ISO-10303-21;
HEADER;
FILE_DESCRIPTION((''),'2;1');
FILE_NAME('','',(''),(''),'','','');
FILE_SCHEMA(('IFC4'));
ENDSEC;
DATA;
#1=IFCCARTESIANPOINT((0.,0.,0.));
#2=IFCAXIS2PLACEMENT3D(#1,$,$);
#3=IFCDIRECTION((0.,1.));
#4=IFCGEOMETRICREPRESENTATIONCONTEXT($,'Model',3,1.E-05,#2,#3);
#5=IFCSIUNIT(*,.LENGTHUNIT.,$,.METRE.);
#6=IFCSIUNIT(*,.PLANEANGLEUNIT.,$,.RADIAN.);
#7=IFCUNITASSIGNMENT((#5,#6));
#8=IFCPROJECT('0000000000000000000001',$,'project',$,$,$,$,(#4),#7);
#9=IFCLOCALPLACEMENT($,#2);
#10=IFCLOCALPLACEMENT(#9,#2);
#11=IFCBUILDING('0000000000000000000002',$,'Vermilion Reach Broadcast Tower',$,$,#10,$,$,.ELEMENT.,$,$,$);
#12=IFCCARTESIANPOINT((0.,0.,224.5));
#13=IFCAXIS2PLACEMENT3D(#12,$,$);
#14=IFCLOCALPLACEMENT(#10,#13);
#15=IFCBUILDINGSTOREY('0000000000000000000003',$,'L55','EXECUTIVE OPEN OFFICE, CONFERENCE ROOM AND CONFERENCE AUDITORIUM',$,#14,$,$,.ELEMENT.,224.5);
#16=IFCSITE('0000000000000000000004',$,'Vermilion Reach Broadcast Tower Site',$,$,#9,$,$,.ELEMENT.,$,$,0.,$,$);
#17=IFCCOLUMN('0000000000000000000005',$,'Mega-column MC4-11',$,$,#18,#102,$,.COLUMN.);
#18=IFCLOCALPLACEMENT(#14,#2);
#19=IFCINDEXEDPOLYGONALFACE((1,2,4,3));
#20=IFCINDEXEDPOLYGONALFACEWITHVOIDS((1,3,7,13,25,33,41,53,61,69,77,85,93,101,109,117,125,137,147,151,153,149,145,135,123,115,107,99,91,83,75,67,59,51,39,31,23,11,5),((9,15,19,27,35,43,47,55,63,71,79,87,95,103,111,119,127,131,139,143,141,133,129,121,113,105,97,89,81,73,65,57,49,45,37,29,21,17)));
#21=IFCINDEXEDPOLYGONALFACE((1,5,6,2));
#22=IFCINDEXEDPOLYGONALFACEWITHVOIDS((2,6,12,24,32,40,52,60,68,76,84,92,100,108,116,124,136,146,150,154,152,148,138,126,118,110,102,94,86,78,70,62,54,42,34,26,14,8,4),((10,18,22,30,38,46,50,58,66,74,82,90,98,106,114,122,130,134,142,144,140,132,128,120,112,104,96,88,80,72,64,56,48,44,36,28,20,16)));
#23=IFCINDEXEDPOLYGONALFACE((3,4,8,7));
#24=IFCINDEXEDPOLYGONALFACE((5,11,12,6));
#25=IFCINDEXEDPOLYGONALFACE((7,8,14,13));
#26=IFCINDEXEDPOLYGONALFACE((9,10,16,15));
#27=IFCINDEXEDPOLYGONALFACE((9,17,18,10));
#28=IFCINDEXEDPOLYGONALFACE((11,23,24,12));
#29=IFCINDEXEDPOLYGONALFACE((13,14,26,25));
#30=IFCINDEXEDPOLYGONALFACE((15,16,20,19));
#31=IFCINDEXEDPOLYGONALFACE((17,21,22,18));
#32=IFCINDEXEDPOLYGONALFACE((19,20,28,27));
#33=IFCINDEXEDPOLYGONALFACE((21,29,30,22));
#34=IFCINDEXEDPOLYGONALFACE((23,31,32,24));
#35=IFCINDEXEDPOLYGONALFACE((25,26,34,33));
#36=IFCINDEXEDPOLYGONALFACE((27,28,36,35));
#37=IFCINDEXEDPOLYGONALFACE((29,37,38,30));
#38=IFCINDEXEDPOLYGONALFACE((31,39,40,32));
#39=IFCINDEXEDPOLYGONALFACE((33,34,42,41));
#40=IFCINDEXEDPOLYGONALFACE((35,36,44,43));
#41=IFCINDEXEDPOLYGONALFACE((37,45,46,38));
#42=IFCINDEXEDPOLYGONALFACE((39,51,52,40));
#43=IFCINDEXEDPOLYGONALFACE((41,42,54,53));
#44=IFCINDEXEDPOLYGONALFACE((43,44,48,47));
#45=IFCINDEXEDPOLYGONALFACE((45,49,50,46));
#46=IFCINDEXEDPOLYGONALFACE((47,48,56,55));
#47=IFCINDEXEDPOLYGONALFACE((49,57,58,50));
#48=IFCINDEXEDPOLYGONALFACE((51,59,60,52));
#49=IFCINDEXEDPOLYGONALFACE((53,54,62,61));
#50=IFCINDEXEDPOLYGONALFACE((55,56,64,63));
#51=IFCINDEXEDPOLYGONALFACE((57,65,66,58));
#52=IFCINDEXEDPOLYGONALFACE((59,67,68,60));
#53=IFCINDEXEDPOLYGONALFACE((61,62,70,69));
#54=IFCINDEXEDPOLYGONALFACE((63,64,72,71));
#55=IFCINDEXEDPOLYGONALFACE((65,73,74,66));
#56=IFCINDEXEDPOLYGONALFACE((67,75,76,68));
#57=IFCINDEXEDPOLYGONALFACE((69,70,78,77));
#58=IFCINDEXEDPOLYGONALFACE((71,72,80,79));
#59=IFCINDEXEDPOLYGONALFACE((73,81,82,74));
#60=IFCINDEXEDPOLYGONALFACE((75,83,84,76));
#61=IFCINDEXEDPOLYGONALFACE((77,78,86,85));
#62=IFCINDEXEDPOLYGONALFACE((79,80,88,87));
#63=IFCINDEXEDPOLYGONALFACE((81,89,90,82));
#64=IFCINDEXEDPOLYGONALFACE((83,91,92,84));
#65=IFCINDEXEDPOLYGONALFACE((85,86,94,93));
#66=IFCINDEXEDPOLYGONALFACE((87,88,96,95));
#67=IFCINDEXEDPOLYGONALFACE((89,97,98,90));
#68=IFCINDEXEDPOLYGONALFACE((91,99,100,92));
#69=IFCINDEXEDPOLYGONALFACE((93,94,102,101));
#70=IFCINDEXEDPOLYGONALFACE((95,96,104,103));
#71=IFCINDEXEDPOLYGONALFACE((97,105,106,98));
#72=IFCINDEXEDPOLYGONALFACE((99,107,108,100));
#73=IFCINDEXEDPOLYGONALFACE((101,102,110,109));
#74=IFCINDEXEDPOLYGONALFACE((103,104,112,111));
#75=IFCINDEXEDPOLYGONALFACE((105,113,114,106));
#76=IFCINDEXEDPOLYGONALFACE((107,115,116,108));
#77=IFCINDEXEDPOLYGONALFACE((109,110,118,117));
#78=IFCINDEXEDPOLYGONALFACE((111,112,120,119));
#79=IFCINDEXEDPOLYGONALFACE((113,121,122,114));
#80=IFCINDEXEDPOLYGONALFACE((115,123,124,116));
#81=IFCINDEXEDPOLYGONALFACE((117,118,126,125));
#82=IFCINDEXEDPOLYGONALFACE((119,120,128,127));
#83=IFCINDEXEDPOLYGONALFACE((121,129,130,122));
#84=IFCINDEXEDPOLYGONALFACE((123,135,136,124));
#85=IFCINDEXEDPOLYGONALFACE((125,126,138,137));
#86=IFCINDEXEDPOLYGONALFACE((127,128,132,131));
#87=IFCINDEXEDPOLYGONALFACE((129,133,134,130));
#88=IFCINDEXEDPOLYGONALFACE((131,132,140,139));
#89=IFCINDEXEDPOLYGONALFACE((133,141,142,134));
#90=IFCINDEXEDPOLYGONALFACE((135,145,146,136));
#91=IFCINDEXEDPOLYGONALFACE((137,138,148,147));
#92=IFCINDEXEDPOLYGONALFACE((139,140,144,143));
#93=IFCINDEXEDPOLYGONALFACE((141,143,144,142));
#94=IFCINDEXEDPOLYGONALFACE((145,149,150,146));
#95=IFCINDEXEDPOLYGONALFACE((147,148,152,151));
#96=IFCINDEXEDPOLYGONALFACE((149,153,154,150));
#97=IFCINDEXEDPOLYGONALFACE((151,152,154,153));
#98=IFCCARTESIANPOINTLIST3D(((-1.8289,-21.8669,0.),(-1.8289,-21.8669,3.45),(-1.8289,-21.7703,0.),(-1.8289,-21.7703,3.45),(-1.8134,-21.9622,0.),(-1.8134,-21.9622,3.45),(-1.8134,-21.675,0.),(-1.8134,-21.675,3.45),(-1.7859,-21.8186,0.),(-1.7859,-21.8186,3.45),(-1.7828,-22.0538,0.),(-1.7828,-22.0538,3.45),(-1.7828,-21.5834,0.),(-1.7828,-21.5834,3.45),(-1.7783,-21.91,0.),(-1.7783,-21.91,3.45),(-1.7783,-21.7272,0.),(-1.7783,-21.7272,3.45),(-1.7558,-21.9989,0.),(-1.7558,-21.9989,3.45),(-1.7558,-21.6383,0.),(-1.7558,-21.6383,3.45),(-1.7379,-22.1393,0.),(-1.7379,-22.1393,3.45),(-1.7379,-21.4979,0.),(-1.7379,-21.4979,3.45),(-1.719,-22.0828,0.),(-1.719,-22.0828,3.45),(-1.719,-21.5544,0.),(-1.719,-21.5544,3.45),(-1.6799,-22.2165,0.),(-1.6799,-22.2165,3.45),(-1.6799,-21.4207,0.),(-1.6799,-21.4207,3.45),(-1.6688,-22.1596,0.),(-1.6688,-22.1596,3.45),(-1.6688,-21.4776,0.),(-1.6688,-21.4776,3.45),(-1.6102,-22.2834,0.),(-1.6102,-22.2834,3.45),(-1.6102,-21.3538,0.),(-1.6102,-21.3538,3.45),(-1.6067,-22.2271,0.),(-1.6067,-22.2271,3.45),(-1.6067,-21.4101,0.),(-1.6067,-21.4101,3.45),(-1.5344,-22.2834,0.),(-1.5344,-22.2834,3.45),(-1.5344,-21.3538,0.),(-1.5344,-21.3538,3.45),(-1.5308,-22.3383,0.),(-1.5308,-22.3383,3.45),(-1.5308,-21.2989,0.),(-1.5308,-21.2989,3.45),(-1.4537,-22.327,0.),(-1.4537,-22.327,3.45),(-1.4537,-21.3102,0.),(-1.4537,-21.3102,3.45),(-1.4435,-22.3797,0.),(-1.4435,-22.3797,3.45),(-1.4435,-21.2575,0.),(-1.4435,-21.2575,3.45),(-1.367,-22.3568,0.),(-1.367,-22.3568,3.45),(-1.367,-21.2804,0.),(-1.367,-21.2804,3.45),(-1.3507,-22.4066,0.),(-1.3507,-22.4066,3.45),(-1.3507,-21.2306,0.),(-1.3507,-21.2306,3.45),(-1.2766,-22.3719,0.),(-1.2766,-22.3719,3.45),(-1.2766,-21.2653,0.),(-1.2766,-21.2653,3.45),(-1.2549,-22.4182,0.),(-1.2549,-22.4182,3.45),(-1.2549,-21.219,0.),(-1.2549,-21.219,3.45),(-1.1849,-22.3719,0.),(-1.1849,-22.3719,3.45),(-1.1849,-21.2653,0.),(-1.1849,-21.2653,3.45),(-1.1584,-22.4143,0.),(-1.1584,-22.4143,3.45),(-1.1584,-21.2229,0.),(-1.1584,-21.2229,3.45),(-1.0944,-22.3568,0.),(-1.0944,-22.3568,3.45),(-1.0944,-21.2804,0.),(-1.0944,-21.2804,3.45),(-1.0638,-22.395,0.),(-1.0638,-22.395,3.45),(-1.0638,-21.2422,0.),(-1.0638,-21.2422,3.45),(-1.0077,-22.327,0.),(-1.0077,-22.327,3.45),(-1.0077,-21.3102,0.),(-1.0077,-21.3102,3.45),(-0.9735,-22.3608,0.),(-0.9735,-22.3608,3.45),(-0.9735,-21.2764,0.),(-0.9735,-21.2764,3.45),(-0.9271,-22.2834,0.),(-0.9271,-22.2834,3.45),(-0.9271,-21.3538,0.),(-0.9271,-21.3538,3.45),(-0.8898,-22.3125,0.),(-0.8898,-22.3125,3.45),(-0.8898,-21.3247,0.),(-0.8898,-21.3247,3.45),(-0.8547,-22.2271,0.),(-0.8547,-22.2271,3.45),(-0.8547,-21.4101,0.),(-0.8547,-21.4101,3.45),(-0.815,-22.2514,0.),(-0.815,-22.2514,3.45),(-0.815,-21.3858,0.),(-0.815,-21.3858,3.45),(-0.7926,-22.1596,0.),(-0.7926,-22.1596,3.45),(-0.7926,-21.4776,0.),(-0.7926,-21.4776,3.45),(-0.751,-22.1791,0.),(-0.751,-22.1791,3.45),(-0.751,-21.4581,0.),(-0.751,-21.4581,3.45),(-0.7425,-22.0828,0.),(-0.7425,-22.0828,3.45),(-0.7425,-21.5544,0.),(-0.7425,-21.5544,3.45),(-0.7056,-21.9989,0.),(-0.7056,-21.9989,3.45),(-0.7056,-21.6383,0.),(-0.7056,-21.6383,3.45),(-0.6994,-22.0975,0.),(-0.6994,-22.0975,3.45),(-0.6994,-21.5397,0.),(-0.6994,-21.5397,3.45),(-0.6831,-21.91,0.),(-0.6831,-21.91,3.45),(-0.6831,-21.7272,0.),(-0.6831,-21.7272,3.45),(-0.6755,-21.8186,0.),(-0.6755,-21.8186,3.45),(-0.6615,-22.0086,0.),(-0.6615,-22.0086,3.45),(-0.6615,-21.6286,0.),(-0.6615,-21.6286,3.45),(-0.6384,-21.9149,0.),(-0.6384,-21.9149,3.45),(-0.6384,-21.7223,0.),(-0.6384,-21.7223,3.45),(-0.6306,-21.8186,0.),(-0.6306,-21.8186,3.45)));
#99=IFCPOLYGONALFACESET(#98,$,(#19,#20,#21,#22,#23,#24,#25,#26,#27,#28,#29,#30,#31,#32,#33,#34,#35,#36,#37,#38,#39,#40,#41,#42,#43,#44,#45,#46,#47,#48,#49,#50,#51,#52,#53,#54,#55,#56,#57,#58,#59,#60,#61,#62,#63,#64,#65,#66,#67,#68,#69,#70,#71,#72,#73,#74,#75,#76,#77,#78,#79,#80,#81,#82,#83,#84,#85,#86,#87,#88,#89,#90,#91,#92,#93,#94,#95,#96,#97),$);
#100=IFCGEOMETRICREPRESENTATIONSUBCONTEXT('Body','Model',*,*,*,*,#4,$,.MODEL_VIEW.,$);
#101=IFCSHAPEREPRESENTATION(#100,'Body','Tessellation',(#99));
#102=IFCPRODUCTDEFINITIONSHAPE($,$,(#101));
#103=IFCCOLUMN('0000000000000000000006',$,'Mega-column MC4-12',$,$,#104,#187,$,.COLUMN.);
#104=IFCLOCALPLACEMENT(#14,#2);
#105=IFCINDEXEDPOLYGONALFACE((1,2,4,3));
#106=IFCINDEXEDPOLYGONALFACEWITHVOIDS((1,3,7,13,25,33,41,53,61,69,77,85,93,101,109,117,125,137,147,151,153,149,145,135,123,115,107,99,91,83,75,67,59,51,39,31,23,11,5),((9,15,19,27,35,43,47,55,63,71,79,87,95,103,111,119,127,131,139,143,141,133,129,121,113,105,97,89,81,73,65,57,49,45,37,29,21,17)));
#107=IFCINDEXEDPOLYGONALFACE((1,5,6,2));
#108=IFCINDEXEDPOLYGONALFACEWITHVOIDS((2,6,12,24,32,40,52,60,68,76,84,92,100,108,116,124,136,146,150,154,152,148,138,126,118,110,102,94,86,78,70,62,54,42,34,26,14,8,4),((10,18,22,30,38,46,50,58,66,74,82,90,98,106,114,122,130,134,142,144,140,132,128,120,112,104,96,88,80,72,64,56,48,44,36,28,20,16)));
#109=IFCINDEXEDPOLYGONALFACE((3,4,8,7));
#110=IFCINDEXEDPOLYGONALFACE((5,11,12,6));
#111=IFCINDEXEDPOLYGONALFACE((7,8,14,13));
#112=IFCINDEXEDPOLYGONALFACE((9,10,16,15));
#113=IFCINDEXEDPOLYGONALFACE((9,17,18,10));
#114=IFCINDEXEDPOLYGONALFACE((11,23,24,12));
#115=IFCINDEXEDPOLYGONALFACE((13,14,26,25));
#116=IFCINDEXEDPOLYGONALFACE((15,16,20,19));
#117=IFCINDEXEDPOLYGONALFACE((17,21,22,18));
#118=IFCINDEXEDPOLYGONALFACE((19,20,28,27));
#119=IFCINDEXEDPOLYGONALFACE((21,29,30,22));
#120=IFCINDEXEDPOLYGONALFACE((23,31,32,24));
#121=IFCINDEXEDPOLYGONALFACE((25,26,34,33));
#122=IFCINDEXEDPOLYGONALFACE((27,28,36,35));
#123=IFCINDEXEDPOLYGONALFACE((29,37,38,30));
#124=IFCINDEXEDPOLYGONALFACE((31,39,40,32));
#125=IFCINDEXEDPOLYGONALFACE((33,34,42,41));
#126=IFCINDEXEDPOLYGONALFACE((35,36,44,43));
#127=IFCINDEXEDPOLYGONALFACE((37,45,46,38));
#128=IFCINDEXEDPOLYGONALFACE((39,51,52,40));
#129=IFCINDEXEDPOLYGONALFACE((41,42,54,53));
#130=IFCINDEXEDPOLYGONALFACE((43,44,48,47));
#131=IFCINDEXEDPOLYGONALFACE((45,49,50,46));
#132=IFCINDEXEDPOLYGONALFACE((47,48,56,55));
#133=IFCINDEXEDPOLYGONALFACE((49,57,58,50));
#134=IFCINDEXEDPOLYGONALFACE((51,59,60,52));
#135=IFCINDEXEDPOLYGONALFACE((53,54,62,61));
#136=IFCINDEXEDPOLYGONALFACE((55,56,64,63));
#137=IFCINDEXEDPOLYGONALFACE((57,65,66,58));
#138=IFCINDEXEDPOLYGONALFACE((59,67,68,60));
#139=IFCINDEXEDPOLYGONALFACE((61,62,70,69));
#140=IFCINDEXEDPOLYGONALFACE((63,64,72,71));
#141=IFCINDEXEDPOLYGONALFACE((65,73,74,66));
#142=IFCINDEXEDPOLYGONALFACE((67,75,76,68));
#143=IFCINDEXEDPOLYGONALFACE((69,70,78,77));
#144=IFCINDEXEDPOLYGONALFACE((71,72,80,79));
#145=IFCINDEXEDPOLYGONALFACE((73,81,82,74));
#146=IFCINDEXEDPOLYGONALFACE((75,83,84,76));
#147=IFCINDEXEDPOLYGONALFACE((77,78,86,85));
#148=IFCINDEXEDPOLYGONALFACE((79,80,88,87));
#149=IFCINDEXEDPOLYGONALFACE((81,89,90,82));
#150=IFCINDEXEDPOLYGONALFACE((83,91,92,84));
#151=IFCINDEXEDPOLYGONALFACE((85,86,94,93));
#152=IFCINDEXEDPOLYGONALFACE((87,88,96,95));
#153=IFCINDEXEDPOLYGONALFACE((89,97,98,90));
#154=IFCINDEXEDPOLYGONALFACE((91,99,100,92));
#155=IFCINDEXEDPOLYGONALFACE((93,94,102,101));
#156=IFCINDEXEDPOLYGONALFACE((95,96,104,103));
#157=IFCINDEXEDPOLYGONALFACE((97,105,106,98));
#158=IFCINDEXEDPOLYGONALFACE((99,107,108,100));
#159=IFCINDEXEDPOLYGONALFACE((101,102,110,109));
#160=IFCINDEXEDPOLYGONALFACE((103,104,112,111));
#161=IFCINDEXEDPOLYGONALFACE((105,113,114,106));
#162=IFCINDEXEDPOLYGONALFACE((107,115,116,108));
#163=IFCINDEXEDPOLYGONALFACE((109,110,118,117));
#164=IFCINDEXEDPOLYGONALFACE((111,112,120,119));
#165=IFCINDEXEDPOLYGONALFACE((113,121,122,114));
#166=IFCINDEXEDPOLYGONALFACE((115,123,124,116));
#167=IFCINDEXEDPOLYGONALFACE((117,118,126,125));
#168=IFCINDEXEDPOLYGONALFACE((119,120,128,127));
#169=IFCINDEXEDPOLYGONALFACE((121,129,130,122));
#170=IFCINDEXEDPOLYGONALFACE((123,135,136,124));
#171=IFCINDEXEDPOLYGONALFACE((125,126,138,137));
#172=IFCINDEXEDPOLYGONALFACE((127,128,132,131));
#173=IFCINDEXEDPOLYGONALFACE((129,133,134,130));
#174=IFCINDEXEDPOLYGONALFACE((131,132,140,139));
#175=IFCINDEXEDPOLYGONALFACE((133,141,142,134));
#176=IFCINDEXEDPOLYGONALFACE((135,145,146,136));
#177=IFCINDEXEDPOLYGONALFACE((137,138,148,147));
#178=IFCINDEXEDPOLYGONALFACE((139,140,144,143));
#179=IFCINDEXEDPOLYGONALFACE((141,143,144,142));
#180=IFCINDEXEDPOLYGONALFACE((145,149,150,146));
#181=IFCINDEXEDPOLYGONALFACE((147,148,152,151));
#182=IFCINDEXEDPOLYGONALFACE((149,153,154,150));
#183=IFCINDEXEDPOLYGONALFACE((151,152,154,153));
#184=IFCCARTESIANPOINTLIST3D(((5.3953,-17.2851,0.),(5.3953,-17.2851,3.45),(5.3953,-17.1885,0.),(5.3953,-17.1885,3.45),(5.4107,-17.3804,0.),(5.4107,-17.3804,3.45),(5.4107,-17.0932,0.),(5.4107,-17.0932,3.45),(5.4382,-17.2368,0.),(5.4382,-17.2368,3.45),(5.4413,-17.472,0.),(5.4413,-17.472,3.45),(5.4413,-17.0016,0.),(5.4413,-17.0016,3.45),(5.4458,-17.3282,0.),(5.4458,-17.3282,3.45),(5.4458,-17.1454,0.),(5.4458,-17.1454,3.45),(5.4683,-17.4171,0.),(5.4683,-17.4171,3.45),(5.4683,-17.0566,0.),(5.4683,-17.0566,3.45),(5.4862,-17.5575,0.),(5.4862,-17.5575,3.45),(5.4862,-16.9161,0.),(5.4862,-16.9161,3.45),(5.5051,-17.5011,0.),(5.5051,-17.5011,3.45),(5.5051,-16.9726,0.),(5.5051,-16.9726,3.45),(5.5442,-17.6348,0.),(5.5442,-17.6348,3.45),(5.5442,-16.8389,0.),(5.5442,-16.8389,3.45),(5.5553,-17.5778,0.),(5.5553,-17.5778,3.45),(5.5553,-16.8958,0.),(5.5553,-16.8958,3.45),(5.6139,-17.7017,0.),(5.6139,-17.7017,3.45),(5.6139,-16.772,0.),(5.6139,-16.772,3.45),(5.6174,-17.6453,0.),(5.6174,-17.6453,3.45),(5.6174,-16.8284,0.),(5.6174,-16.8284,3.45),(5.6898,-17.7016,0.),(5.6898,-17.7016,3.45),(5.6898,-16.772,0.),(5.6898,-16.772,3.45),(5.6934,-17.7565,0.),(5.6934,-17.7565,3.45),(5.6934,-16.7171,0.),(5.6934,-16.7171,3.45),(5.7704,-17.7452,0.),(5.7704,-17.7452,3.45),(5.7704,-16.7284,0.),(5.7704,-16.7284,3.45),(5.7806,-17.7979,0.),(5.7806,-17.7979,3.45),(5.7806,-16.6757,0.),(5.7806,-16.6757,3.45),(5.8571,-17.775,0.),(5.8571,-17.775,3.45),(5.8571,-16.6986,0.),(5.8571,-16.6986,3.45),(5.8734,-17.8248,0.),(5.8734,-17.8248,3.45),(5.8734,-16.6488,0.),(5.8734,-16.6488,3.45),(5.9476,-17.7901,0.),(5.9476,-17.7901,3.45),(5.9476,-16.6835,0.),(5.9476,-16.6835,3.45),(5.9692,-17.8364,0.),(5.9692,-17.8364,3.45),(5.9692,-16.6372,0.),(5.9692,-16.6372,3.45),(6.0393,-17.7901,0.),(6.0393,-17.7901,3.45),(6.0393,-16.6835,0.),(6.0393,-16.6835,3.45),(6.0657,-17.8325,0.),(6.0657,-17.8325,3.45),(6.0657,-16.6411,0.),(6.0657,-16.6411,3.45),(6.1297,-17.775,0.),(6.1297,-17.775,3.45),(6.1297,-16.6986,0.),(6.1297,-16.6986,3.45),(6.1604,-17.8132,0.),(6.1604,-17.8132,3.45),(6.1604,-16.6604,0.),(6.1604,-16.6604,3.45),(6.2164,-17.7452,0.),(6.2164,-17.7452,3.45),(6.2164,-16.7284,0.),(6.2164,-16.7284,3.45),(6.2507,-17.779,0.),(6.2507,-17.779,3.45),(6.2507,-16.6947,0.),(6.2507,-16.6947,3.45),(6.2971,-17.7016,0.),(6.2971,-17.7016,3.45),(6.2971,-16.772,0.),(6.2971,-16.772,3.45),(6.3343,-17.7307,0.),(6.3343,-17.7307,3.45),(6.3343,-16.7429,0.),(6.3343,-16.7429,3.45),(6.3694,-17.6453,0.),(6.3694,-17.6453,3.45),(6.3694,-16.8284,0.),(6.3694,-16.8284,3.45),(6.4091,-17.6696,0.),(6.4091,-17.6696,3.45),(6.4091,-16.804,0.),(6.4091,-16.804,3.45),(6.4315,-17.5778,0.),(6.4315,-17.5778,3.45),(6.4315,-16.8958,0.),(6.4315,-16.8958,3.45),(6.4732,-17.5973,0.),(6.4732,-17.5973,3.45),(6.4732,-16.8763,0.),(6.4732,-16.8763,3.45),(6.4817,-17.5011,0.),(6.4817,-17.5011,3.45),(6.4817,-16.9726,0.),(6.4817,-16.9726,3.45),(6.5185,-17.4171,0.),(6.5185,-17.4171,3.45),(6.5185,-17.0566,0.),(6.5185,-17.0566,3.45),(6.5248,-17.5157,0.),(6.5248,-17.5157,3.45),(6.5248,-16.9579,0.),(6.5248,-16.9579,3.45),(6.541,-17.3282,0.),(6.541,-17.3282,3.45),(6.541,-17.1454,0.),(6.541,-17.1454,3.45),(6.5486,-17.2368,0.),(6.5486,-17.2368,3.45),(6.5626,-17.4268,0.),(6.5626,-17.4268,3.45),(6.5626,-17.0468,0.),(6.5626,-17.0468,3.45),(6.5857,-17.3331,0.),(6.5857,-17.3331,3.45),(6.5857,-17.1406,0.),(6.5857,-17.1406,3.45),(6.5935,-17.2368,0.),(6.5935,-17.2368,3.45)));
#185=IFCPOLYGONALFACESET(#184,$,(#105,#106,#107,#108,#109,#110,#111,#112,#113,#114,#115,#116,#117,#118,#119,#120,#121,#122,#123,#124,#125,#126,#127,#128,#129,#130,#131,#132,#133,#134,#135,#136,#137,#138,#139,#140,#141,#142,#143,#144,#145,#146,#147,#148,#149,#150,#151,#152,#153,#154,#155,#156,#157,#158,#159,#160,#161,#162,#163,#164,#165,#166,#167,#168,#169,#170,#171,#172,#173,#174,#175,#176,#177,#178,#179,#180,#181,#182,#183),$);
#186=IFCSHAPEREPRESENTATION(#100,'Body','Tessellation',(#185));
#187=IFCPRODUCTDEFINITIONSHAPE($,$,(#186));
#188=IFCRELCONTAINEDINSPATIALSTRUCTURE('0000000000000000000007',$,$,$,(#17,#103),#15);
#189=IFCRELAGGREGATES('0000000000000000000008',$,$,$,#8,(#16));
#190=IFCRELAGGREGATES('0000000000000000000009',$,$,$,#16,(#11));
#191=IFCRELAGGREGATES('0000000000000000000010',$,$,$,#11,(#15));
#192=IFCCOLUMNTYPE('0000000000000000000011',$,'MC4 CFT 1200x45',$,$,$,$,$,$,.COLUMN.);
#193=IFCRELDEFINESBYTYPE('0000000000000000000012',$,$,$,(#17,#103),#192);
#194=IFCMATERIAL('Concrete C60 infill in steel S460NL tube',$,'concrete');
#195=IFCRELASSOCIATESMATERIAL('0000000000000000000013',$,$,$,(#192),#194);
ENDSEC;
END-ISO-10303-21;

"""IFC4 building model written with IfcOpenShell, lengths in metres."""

from ifc_helpers import new_model, si_unit, direction, frame, origin, origin_2d, place, context, subcontext, project, spatial, hollow_circle, extrude, material, material_profile, profile_set, type_object, element, save


model = new_model("IFC4")

# Units and contexts
model_context = context("Model", 3, precision=1e-05, world=origin(), true_north=direction((0.0, 1.0)))
body_context = subcontext(model_context, "Body", "Model", "MODEL_VIEW")
ifc_project = project(units=[si_unit("LENGTHUNIT", "METRE"), si_unit("PLANEANGLEUNIT", "RADIAN")], contexts=[model_context])

# Site, building, storey
site_placement = place(None, origin())
site = spatial("IfcSite", under=ifc_project, at=site_placement, Name="Vermilion Reach Broadcast Tower Site", CompositionType="ELEMENT", RefElevation=0.0)
building_placement = place(site_placement, origin())
building = spatial("IfcBuilding", under=site, at=building_placement, Name="Vermilion Reach Broadcast Tower", CompositionType="ELEMENT")
storey_placement = place(building_placement, frame((0.0, 0.0, 224.5)))
storey = spatial("IfcBuildingStorey", under=building, at=storey_placement, Name="L55", Description="EXECUTIVE OPEN OFFICE, CONFERENCE ROOM AND CONFERENCE AUDITORIUM", CompositionType="ELEMENT", Elevation=224.5)

# Columns
ifc_material_1 = material(Name="Concrete C60 infill in steel S460NL tube", Category="concrete")
ifc_material_profile_1 = material_profile(ifc_material_1, hollow_circle(Radius=0.6001, WallThickness=0.0449, at=origin_2d()), Name="Concrete C60 infill in steel S460NL tube CFT 1200x45")
ifc_profile_set_1 = profile_set([ifc_material_profile_1], Name="Concrete C60 infill in steel S460NL tube")
column_type = type_object("IfcColumnType", Name="MC4 CFT 1200x45", PredefinedType="COLUMN", material=ifc_profile_set_1)
for number, where, z_axis, x_axis, name in (
    (1, (-1.2307, -21.8186, 0.0), (0.0, 0.0, 1.0), (1.0, 0.0, 0.0), "Mega-column MC4-11"),
    (2, (5.9934, -17.2368, 0.0), (0.0, 0.0, 1.0), (1.0, 0.0, 0.0), "Mega-column MC4-12"),
):
    element("IfcColumn", number, at=place(storey_placement, frame(where, z_axis=z_axis, x_axis=x_axis)), inside=storey, type_object=column_type, Name=name, PredefinedType="COLUMN", context=body_context, shape_type="SweptSolid", body=[
        extrude(hollow_circle(Radius=0.6001, WallThickness=0.0449, at=origin_2d()), origin(), (0.0, 0.0, 1.0), 3.45),
    ])

save(model, "model.ifc")
